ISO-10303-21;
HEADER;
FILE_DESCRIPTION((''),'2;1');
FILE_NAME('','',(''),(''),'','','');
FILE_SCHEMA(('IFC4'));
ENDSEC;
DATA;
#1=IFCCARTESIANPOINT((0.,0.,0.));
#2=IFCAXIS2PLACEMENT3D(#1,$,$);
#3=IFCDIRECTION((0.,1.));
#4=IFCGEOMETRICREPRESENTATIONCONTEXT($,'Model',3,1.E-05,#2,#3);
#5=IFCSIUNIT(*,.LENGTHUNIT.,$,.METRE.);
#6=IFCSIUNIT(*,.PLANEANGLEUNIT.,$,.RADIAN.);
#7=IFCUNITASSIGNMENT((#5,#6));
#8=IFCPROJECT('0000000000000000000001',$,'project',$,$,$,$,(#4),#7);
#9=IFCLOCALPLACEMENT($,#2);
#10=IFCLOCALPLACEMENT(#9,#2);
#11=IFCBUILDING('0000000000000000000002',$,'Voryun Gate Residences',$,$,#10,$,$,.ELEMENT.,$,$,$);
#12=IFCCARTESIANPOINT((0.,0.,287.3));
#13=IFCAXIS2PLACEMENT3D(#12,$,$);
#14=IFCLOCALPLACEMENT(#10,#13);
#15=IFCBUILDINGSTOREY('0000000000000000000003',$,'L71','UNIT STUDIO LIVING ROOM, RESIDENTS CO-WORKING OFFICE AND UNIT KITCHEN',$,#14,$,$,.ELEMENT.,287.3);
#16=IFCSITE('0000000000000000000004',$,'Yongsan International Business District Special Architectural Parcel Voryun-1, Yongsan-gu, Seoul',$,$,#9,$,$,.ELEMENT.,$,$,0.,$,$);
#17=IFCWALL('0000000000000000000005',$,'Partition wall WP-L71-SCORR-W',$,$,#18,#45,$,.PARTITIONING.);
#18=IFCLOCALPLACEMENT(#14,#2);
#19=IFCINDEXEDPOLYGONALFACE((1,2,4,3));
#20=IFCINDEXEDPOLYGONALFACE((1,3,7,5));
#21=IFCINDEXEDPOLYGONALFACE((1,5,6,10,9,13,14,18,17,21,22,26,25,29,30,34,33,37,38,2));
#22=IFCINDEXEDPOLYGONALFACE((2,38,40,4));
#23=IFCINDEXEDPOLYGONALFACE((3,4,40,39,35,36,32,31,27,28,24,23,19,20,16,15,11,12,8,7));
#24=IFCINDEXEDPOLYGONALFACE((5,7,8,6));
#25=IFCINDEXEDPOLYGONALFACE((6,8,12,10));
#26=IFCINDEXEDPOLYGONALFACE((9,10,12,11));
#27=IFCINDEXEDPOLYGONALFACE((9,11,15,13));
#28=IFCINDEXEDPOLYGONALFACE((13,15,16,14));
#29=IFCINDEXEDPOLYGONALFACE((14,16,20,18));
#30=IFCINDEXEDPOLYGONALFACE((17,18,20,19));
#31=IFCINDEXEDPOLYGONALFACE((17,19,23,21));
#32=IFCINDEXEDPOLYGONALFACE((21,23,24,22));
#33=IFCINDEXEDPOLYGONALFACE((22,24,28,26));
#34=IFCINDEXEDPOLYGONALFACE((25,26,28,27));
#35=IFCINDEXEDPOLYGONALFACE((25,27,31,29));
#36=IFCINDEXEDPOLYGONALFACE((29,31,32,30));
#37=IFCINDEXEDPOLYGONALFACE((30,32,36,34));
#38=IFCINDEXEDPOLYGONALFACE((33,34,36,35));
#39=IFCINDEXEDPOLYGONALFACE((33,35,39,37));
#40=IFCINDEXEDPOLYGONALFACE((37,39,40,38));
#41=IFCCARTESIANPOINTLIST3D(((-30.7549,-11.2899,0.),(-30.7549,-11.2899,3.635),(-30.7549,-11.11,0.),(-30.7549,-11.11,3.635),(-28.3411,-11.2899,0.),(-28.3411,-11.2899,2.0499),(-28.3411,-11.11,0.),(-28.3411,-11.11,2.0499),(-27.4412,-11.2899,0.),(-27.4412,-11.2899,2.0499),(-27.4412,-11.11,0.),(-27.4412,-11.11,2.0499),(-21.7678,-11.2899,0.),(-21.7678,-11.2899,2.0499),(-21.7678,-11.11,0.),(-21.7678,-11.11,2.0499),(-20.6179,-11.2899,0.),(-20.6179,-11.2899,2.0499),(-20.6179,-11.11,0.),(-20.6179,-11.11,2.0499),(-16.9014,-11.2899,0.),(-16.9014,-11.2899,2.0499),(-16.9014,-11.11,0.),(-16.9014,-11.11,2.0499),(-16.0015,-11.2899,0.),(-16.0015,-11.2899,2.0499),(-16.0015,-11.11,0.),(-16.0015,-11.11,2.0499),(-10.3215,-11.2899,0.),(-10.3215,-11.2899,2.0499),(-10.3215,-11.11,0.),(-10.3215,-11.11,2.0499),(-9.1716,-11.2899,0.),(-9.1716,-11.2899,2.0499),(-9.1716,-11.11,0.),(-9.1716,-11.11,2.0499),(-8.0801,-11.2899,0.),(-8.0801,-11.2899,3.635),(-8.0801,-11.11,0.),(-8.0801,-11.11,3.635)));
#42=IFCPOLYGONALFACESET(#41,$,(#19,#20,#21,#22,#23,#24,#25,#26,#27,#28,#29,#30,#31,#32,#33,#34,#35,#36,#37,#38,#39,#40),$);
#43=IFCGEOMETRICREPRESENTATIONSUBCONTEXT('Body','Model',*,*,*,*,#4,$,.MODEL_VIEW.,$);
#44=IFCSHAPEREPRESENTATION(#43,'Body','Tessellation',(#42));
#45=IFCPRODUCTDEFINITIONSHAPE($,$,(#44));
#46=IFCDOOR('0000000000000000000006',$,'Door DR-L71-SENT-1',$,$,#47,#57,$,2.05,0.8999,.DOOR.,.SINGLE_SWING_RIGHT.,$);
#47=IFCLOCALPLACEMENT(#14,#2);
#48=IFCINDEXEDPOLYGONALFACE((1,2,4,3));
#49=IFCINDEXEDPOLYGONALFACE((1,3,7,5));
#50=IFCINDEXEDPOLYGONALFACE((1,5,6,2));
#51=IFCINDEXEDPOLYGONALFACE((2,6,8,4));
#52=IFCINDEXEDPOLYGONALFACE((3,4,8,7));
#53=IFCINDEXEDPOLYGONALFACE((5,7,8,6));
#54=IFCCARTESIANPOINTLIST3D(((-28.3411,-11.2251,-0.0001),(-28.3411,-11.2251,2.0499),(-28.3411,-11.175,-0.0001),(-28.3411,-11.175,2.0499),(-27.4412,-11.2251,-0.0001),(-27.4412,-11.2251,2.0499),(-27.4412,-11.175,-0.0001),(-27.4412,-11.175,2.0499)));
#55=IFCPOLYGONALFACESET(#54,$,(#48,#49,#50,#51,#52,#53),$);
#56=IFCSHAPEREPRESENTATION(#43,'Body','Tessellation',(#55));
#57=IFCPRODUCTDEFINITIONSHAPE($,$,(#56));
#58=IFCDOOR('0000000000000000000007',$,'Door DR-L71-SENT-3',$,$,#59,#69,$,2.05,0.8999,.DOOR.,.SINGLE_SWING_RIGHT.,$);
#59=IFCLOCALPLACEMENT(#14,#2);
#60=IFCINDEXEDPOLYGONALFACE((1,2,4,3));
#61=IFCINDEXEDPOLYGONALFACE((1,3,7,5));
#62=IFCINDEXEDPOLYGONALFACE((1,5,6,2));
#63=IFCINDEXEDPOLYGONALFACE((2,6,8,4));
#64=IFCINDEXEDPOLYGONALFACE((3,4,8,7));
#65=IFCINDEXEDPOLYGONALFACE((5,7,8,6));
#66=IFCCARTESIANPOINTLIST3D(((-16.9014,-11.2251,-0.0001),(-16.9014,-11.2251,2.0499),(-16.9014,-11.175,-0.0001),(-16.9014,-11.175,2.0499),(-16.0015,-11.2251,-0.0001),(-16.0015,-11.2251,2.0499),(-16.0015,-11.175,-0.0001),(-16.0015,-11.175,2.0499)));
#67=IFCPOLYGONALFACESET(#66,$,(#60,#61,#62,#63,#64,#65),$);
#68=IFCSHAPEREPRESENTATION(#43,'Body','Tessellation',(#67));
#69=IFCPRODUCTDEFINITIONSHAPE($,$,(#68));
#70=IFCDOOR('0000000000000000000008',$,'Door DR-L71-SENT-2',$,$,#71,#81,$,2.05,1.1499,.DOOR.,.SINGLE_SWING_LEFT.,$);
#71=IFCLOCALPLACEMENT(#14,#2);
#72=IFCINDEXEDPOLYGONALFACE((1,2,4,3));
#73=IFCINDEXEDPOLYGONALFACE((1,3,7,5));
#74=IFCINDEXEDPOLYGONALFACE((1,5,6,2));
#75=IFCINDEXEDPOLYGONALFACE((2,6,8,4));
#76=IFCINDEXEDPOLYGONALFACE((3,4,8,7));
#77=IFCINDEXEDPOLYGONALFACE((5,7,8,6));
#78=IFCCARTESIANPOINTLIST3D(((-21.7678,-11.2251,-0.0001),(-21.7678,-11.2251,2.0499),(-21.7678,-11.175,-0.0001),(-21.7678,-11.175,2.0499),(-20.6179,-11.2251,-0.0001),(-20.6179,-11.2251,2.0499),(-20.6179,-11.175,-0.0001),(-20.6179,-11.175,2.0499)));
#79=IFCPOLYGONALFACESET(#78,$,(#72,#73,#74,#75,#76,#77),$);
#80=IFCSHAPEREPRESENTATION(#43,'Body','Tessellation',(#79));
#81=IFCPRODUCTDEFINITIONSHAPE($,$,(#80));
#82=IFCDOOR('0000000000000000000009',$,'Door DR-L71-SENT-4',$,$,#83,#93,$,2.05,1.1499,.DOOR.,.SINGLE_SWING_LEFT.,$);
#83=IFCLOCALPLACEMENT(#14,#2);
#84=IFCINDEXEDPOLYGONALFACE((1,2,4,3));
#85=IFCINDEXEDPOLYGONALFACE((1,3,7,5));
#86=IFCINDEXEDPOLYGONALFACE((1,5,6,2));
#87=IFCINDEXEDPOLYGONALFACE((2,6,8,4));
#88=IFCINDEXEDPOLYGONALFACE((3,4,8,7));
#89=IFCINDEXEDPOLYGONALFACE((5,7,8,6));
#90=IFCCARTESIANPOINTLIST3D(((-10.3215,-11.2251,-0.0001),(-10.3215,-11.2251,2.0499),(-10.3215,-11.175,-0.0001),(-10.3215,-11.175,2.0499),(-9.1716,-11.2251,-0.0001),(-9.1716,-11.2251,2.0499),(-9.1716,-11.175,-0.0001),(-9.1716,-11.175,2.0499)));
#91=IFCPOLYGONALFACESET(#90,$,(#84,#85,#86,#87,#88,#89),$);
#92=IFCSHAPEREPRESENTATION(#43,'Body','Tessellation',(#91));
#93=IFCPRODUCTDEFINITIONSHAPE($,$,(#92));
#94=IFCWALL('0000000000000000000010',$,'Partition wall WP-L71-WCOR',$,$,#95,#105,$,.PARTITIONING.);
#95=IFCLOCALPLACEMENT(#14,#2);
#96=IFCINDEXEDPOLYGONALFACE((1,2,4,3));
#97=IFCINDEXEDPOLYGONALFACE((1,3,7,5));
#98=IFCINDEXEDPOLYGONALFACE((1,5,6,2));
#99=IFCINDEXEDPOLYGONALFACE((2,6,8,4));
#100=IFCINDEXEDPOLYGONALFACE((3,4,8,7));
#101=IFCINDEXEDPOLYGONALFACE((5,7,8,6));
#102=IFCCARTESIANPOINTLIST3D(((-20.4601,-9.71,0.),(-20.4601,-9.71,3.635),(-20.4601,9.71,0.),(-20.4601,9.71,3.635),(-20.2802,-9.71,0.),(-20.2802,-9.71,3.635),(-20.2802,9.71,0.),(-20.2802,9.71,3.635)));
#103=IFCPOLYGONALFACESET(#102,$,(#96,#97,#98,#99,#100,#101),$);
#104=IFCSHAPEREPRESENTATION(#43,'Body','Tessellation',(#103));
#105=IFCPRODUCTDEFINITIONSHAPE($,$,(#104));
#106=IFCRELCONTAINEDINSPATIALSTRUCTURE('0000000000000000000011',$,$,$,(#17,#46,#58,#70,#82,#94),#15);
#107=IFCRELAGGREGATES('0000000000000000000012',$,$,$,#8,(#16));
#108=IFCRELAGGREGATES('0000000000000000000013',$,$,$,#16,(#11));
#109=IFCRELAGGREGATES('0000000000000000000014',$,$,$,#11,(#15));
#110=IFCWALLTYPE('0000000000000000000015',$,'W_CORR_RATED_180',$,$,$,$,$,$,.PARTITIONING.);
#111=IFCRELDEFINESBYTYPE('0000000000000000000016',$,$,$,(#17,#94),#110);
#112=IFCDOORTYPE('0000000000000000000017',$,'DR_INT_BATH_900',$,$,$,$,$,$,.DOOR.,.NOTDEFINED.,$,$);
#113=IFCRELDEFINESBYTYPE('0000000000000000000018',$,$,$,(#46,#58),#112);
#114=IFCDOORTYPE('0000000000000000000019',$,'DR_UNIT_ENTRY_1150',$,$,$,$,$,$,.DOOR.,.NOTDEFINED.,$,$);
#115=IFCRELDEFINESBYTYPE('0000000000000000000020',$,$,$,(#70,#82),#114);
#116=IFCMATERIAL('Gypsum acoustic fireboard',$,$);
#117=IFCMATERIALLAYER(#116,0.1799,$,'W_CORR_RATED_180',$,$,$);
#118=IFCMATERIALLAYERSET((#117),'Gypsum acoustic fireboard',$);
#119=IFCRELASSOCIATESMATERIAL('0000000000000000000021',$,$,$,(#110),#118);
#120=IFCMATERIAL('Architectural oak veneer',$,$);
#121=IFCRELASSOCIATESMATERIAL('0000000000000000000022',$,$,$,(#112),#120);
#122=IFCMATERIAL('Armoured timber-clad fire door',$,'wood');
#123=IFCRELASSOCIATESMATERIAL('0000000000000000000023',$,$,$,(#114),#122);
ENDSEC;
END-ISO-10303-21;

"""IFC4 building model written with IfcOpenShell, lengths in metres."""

from ifc_helpers import new_model, si_unit, direction, frame, frame_2d, origin, place, context, subcontext, project, spatial, rectangle, extrude, material, layer, layer_set, type_object, element, fill, save


model = new_model("IFC4")

# Units and contexts
model_context = context("Model", 3, precision=1e-05, world=origin(), true_north=direction((0.0, 1.0)))
body_context = subcontext(model_context, "Body", "Model", "MODEL_VIEW")
ifc_project = project(units=[si_unit("LENGTHUNIT", "METRE"), si_unit("PLANEANGLEUNIT", "RADIAN")], contexts=[model_context])

# Site, building, storey
site_placement = place(None, origin())
site = spatial("IfcSite", under=ifc_project, at=site_placement, Name="Yongsan International Business District Special Architectural Parcel Voryun-1, Yongsan-gu, Seoul", CompositionType="ELEMENT", RefElevation=0.0)
building_placement = place(site_placement, origin())
building = spatial("IfcBuilding", under=site, at=building_placement, Name="Voryun Gate Residences", CompositionType="ELEMENT")
storey_placement = place(building_placement, frame((0.0, 0.0, 287.3)))
storey = spatial("IfcBuildingStorey", under=building, at=storey_placement, Name="L71", Description="UNIT STUDIO LIVING ROOM, RESIDENTS CO-WORKING OFFICE AND UNIT KITCHEN", CompositionType="ELEMENT", Elevation=287.3)

# Shared definitions
ifc_material_1 = material(Name="Gypsum acoustic fireboard")
ifc_layer_1 = layer(ifc_material_1, 0.1799, Name="W_CORR_RATED_180")
ifc_layer_set_1 = layer_set([ifc_layer_1], Name="Gypsum acoustic fireboard")
wall_type_1 = type_object("IfcWallType", Name="W_CORR_RATED_180", PredefinedType="PARTITIONING", material=ifc_layer_set_1)

# Wall, openings, doors
wall_1_placement = place(storey_placement, frame((-30.7549, -11.2, 0.0), z_axis=(0.0, 0.0, 1.0), x_axis=(1.0, 0.0, 0.0)))
wall_1 = element("IfcWall", 1, at=wall_1_placement, inside=storey, type_object=wall_type_1, Name="Partition wall WP-L71-SCORR-W", PredefinedType="PARTITIONING", context=body_context, shape_type="SweptSolid", body=[
    extrude(rectangle(XDim=22.6748, YDim=0.1799, at=frame_2d((11.3374, 0.0))), origin(), (0.0, 0.0, 1.0), 3.635),
])
opening_1_placement = place(wall_1_placement, frame((2.4138, 0.0, 0.0)))
opening_1 = element("IfcOpeningElement", 2, at=opening_1_placement, cuts=wall_1, PredefinedType="OPENING", context=body_context, shape_type="SweptSolid", body=[
    extrude(rectangle(XDim=0.8999, YDim=2.05, at=frame_2d((0.45, 1.0249))), frame((0.0, 0.0999, 0.0), z_axis=(0.0, -1.0, 0.0), x_axis=(1.0, 0.0, 0.0)), (0.0, 0.0, 1.0), 0.2),
])
opening_2_placement = place(wall_1_placement, frame((8.9871, 0.0, 0.0)))
opening_2 = element("IfcOpeningElement", 3, at=opening_2_placement, cuts=wall_1, PredefinedType="OPENING", context=body_context, shape_type="SweptSolid", body=[
    extrude(rectangle(XDim=1.1499, YDim=2.05, at=frame_2d((0.575, 1.0249))), frame((0.0, 0.0999, 0.0), z_axis=(0.0, -1.0, 0.0), x_axis=(1.0, 0.0, 0.0)), (0.0, 0.0, 1.0), 0.2),
])
opening_3_placement = place(wall_1_placement, frame((13.8535, 0.0, 0.0)))
opening_3 = element("IfcOpeningElement", 4, at=opening_3_placement, cuts=wall_1, PredefinedType="OPENING", context=body_context, shape_type="SweptSolid", body=[
    extrude(rectangle(XDim=0.8999, YDim=2.05, at=frame_2d((0.45, 1.0249))), frame((0.0, 0.0999, 0.0), z_axis=(0.0, -1.0, 0.0), x_axis=(1.0, 0.0, 0.0)), (0.0, 0.0, 1.0), 0.2),
])
opening_4_placement = place(wall_1_placement, frame((20.4333, 0.0, 0.0)))
opening_4 = element("IfcOpeningElement", 5, at=opening_4_placement, cuts=wall_1, PredefinedType="OPENING", context=body_context, shape_type="SweptSolid", body=[
    extrude(rectangle(XDim=1.1499, YDim=2.05, at=frame_2d((0.575, 1.0249))), frame((0.0, 0.0999, 0.0), z_axis=(0.0, -1.0, 0.0), x_axis=(1.0, 0.0, 0.0)), (0.0, 0.0, 1.0), 0.2),
])
ifc_material_2 = material(Name="Architectural oak veneer")
door_type_1 = type_object("IfcDoorType", Name="DR_INT_BATH_900", OperationType="NOTDEFINED", PredefinedType="DOOR", material=ifc_material_2)
door_1_placement = place(opening_1_placement, origin())
door_1 = element("IfcDoor", 6, at=door_1_placement, inside=storey, type_object=door_type_1, Name="Door DR-L71-SENT-1", OperationType="SINGLE_SWING_RIGHT", OverallHeight=2.05, OverallWidth=0.8999, PredefinedType="DOOR", context=body_context, shape_type="SweptSolid", body=[
    extrude(rectangle(XDim=0.8999, YDim=2.05, at=frame_2d((0.45, 1.0249))), frame((0.0, 0.0249, 0.0), z_axis=(0.0, -1.0, 0.0), x_axis=(1.0, 0.0, 0.0)), (0.0, 0.0, 1.0), 0.05),
])
fill(opening_1, door_1)
door_2_placement = place(opening_3_placement, origin())
door_2 = element("IfcDoor", 7, at=door_2_placement, inside=storey, type_object=door_type_1, Name="Door DR-L71-SENT-3", OperationType="SINGLE_SWING_RIGHT", OverallHeight=2.05, OverallWidth=0.8999, PredefinedType="DOOR", context=body_context, shape_type="SweptSolid", body=[
    extrude(rectangle(XDim=0.8999, YDim=2.05, at=frame_2d((0.45, 1.0249))), frame((0.0, 0.0249, 0.0), z_axis=(0.0, -1.0, 0.0), x_axis=(1.0, 0.0, 0.0)), (0.0, 0.0, 1.0), 0.05),
])
fill(opening_3, door_2)
ifc_material_3 = material(Name="Armoured timber-clad fire door", Category="wood")
door_type_2 = type_object("IfcDoorType", Name="DR_UNIT_ENTRY_1150", OperationType="NOTDEFINED", PredefinedType="DOOR", material=ifc_material_3)
door_3_placement = place(opening_2_placement, origin())
door_3 = element("IfcDoor", 8, at=door_3_placement, inside=storey, type_object=door_type_2, Name="Door DR-L71-SENT-2", OperationType="SINGLE_SWING_LEFT", OverallHeight=2.05, OverallWidth=1.1499, PredefinedType="DOOR", context=body_context, shape_type="SweptSolid", body=[
    extrude(rectangle(XDim=1.1499, YDim=2.05, at=frame_2d((0.575, 1.0249))), frame((0.0, 0.0249, 0.0), z_axis=(0.0, -1.0, 0.0), x_axis=(1.0, 0.0, 0.0)), (0.0, 0.0, 1.0), 0.05),
])
fill(opening_2, door_3)
door_4_placement = place(opening_4_placement, origin())
door_4 = element("IfcDoor", 9, at=door_4_placement, inside=storey, type_object=door_type_2, Name="Door DR-L71-SENT-4", OperationType="SINGLE_SWING_LEFT", OverallHeight=2.05, OverallWidth=1.1499, PredefinedType="DOOR", context=body_context, shape_type="SweptSolid", body=[
    extrude(rectangle(XDim=1.1499, YDim=2.05, at=frame_2d((0.575, 1.0249))), frame((0.0, 0.0249, 0.0), z_axis=(0.0, -1.0, 0.0), x_axis=(1.0, 0.0, 0.0)), (0.0, 0.0, 1.0), 0.05),
])
fill(opening_4, door_4)

# Wall
wall_2_placement = place(storey_placement, frame((-20.3701, -9.71, 0.0), z_axis=(0.0, 0.0, 1.0), x_axis=(0.0, 1.0, 0.0)))
element("IfcWall", 10, at=wall_2_placement, inside=storey, type_object=wall_type_1, Name="Partition wall WP-L71-WCOR", PredefinedType="PARTITIONING", context=body_context, shape_type="SweptSolid", body=[
    extrude(rectangle(XDim=19.4199, YDim=0.1799, at=frame_2d((9.71, 0.0))), origin(), (0.0, 0.0, 1.0), 3.635),
])

save(model, "model.ifc")
